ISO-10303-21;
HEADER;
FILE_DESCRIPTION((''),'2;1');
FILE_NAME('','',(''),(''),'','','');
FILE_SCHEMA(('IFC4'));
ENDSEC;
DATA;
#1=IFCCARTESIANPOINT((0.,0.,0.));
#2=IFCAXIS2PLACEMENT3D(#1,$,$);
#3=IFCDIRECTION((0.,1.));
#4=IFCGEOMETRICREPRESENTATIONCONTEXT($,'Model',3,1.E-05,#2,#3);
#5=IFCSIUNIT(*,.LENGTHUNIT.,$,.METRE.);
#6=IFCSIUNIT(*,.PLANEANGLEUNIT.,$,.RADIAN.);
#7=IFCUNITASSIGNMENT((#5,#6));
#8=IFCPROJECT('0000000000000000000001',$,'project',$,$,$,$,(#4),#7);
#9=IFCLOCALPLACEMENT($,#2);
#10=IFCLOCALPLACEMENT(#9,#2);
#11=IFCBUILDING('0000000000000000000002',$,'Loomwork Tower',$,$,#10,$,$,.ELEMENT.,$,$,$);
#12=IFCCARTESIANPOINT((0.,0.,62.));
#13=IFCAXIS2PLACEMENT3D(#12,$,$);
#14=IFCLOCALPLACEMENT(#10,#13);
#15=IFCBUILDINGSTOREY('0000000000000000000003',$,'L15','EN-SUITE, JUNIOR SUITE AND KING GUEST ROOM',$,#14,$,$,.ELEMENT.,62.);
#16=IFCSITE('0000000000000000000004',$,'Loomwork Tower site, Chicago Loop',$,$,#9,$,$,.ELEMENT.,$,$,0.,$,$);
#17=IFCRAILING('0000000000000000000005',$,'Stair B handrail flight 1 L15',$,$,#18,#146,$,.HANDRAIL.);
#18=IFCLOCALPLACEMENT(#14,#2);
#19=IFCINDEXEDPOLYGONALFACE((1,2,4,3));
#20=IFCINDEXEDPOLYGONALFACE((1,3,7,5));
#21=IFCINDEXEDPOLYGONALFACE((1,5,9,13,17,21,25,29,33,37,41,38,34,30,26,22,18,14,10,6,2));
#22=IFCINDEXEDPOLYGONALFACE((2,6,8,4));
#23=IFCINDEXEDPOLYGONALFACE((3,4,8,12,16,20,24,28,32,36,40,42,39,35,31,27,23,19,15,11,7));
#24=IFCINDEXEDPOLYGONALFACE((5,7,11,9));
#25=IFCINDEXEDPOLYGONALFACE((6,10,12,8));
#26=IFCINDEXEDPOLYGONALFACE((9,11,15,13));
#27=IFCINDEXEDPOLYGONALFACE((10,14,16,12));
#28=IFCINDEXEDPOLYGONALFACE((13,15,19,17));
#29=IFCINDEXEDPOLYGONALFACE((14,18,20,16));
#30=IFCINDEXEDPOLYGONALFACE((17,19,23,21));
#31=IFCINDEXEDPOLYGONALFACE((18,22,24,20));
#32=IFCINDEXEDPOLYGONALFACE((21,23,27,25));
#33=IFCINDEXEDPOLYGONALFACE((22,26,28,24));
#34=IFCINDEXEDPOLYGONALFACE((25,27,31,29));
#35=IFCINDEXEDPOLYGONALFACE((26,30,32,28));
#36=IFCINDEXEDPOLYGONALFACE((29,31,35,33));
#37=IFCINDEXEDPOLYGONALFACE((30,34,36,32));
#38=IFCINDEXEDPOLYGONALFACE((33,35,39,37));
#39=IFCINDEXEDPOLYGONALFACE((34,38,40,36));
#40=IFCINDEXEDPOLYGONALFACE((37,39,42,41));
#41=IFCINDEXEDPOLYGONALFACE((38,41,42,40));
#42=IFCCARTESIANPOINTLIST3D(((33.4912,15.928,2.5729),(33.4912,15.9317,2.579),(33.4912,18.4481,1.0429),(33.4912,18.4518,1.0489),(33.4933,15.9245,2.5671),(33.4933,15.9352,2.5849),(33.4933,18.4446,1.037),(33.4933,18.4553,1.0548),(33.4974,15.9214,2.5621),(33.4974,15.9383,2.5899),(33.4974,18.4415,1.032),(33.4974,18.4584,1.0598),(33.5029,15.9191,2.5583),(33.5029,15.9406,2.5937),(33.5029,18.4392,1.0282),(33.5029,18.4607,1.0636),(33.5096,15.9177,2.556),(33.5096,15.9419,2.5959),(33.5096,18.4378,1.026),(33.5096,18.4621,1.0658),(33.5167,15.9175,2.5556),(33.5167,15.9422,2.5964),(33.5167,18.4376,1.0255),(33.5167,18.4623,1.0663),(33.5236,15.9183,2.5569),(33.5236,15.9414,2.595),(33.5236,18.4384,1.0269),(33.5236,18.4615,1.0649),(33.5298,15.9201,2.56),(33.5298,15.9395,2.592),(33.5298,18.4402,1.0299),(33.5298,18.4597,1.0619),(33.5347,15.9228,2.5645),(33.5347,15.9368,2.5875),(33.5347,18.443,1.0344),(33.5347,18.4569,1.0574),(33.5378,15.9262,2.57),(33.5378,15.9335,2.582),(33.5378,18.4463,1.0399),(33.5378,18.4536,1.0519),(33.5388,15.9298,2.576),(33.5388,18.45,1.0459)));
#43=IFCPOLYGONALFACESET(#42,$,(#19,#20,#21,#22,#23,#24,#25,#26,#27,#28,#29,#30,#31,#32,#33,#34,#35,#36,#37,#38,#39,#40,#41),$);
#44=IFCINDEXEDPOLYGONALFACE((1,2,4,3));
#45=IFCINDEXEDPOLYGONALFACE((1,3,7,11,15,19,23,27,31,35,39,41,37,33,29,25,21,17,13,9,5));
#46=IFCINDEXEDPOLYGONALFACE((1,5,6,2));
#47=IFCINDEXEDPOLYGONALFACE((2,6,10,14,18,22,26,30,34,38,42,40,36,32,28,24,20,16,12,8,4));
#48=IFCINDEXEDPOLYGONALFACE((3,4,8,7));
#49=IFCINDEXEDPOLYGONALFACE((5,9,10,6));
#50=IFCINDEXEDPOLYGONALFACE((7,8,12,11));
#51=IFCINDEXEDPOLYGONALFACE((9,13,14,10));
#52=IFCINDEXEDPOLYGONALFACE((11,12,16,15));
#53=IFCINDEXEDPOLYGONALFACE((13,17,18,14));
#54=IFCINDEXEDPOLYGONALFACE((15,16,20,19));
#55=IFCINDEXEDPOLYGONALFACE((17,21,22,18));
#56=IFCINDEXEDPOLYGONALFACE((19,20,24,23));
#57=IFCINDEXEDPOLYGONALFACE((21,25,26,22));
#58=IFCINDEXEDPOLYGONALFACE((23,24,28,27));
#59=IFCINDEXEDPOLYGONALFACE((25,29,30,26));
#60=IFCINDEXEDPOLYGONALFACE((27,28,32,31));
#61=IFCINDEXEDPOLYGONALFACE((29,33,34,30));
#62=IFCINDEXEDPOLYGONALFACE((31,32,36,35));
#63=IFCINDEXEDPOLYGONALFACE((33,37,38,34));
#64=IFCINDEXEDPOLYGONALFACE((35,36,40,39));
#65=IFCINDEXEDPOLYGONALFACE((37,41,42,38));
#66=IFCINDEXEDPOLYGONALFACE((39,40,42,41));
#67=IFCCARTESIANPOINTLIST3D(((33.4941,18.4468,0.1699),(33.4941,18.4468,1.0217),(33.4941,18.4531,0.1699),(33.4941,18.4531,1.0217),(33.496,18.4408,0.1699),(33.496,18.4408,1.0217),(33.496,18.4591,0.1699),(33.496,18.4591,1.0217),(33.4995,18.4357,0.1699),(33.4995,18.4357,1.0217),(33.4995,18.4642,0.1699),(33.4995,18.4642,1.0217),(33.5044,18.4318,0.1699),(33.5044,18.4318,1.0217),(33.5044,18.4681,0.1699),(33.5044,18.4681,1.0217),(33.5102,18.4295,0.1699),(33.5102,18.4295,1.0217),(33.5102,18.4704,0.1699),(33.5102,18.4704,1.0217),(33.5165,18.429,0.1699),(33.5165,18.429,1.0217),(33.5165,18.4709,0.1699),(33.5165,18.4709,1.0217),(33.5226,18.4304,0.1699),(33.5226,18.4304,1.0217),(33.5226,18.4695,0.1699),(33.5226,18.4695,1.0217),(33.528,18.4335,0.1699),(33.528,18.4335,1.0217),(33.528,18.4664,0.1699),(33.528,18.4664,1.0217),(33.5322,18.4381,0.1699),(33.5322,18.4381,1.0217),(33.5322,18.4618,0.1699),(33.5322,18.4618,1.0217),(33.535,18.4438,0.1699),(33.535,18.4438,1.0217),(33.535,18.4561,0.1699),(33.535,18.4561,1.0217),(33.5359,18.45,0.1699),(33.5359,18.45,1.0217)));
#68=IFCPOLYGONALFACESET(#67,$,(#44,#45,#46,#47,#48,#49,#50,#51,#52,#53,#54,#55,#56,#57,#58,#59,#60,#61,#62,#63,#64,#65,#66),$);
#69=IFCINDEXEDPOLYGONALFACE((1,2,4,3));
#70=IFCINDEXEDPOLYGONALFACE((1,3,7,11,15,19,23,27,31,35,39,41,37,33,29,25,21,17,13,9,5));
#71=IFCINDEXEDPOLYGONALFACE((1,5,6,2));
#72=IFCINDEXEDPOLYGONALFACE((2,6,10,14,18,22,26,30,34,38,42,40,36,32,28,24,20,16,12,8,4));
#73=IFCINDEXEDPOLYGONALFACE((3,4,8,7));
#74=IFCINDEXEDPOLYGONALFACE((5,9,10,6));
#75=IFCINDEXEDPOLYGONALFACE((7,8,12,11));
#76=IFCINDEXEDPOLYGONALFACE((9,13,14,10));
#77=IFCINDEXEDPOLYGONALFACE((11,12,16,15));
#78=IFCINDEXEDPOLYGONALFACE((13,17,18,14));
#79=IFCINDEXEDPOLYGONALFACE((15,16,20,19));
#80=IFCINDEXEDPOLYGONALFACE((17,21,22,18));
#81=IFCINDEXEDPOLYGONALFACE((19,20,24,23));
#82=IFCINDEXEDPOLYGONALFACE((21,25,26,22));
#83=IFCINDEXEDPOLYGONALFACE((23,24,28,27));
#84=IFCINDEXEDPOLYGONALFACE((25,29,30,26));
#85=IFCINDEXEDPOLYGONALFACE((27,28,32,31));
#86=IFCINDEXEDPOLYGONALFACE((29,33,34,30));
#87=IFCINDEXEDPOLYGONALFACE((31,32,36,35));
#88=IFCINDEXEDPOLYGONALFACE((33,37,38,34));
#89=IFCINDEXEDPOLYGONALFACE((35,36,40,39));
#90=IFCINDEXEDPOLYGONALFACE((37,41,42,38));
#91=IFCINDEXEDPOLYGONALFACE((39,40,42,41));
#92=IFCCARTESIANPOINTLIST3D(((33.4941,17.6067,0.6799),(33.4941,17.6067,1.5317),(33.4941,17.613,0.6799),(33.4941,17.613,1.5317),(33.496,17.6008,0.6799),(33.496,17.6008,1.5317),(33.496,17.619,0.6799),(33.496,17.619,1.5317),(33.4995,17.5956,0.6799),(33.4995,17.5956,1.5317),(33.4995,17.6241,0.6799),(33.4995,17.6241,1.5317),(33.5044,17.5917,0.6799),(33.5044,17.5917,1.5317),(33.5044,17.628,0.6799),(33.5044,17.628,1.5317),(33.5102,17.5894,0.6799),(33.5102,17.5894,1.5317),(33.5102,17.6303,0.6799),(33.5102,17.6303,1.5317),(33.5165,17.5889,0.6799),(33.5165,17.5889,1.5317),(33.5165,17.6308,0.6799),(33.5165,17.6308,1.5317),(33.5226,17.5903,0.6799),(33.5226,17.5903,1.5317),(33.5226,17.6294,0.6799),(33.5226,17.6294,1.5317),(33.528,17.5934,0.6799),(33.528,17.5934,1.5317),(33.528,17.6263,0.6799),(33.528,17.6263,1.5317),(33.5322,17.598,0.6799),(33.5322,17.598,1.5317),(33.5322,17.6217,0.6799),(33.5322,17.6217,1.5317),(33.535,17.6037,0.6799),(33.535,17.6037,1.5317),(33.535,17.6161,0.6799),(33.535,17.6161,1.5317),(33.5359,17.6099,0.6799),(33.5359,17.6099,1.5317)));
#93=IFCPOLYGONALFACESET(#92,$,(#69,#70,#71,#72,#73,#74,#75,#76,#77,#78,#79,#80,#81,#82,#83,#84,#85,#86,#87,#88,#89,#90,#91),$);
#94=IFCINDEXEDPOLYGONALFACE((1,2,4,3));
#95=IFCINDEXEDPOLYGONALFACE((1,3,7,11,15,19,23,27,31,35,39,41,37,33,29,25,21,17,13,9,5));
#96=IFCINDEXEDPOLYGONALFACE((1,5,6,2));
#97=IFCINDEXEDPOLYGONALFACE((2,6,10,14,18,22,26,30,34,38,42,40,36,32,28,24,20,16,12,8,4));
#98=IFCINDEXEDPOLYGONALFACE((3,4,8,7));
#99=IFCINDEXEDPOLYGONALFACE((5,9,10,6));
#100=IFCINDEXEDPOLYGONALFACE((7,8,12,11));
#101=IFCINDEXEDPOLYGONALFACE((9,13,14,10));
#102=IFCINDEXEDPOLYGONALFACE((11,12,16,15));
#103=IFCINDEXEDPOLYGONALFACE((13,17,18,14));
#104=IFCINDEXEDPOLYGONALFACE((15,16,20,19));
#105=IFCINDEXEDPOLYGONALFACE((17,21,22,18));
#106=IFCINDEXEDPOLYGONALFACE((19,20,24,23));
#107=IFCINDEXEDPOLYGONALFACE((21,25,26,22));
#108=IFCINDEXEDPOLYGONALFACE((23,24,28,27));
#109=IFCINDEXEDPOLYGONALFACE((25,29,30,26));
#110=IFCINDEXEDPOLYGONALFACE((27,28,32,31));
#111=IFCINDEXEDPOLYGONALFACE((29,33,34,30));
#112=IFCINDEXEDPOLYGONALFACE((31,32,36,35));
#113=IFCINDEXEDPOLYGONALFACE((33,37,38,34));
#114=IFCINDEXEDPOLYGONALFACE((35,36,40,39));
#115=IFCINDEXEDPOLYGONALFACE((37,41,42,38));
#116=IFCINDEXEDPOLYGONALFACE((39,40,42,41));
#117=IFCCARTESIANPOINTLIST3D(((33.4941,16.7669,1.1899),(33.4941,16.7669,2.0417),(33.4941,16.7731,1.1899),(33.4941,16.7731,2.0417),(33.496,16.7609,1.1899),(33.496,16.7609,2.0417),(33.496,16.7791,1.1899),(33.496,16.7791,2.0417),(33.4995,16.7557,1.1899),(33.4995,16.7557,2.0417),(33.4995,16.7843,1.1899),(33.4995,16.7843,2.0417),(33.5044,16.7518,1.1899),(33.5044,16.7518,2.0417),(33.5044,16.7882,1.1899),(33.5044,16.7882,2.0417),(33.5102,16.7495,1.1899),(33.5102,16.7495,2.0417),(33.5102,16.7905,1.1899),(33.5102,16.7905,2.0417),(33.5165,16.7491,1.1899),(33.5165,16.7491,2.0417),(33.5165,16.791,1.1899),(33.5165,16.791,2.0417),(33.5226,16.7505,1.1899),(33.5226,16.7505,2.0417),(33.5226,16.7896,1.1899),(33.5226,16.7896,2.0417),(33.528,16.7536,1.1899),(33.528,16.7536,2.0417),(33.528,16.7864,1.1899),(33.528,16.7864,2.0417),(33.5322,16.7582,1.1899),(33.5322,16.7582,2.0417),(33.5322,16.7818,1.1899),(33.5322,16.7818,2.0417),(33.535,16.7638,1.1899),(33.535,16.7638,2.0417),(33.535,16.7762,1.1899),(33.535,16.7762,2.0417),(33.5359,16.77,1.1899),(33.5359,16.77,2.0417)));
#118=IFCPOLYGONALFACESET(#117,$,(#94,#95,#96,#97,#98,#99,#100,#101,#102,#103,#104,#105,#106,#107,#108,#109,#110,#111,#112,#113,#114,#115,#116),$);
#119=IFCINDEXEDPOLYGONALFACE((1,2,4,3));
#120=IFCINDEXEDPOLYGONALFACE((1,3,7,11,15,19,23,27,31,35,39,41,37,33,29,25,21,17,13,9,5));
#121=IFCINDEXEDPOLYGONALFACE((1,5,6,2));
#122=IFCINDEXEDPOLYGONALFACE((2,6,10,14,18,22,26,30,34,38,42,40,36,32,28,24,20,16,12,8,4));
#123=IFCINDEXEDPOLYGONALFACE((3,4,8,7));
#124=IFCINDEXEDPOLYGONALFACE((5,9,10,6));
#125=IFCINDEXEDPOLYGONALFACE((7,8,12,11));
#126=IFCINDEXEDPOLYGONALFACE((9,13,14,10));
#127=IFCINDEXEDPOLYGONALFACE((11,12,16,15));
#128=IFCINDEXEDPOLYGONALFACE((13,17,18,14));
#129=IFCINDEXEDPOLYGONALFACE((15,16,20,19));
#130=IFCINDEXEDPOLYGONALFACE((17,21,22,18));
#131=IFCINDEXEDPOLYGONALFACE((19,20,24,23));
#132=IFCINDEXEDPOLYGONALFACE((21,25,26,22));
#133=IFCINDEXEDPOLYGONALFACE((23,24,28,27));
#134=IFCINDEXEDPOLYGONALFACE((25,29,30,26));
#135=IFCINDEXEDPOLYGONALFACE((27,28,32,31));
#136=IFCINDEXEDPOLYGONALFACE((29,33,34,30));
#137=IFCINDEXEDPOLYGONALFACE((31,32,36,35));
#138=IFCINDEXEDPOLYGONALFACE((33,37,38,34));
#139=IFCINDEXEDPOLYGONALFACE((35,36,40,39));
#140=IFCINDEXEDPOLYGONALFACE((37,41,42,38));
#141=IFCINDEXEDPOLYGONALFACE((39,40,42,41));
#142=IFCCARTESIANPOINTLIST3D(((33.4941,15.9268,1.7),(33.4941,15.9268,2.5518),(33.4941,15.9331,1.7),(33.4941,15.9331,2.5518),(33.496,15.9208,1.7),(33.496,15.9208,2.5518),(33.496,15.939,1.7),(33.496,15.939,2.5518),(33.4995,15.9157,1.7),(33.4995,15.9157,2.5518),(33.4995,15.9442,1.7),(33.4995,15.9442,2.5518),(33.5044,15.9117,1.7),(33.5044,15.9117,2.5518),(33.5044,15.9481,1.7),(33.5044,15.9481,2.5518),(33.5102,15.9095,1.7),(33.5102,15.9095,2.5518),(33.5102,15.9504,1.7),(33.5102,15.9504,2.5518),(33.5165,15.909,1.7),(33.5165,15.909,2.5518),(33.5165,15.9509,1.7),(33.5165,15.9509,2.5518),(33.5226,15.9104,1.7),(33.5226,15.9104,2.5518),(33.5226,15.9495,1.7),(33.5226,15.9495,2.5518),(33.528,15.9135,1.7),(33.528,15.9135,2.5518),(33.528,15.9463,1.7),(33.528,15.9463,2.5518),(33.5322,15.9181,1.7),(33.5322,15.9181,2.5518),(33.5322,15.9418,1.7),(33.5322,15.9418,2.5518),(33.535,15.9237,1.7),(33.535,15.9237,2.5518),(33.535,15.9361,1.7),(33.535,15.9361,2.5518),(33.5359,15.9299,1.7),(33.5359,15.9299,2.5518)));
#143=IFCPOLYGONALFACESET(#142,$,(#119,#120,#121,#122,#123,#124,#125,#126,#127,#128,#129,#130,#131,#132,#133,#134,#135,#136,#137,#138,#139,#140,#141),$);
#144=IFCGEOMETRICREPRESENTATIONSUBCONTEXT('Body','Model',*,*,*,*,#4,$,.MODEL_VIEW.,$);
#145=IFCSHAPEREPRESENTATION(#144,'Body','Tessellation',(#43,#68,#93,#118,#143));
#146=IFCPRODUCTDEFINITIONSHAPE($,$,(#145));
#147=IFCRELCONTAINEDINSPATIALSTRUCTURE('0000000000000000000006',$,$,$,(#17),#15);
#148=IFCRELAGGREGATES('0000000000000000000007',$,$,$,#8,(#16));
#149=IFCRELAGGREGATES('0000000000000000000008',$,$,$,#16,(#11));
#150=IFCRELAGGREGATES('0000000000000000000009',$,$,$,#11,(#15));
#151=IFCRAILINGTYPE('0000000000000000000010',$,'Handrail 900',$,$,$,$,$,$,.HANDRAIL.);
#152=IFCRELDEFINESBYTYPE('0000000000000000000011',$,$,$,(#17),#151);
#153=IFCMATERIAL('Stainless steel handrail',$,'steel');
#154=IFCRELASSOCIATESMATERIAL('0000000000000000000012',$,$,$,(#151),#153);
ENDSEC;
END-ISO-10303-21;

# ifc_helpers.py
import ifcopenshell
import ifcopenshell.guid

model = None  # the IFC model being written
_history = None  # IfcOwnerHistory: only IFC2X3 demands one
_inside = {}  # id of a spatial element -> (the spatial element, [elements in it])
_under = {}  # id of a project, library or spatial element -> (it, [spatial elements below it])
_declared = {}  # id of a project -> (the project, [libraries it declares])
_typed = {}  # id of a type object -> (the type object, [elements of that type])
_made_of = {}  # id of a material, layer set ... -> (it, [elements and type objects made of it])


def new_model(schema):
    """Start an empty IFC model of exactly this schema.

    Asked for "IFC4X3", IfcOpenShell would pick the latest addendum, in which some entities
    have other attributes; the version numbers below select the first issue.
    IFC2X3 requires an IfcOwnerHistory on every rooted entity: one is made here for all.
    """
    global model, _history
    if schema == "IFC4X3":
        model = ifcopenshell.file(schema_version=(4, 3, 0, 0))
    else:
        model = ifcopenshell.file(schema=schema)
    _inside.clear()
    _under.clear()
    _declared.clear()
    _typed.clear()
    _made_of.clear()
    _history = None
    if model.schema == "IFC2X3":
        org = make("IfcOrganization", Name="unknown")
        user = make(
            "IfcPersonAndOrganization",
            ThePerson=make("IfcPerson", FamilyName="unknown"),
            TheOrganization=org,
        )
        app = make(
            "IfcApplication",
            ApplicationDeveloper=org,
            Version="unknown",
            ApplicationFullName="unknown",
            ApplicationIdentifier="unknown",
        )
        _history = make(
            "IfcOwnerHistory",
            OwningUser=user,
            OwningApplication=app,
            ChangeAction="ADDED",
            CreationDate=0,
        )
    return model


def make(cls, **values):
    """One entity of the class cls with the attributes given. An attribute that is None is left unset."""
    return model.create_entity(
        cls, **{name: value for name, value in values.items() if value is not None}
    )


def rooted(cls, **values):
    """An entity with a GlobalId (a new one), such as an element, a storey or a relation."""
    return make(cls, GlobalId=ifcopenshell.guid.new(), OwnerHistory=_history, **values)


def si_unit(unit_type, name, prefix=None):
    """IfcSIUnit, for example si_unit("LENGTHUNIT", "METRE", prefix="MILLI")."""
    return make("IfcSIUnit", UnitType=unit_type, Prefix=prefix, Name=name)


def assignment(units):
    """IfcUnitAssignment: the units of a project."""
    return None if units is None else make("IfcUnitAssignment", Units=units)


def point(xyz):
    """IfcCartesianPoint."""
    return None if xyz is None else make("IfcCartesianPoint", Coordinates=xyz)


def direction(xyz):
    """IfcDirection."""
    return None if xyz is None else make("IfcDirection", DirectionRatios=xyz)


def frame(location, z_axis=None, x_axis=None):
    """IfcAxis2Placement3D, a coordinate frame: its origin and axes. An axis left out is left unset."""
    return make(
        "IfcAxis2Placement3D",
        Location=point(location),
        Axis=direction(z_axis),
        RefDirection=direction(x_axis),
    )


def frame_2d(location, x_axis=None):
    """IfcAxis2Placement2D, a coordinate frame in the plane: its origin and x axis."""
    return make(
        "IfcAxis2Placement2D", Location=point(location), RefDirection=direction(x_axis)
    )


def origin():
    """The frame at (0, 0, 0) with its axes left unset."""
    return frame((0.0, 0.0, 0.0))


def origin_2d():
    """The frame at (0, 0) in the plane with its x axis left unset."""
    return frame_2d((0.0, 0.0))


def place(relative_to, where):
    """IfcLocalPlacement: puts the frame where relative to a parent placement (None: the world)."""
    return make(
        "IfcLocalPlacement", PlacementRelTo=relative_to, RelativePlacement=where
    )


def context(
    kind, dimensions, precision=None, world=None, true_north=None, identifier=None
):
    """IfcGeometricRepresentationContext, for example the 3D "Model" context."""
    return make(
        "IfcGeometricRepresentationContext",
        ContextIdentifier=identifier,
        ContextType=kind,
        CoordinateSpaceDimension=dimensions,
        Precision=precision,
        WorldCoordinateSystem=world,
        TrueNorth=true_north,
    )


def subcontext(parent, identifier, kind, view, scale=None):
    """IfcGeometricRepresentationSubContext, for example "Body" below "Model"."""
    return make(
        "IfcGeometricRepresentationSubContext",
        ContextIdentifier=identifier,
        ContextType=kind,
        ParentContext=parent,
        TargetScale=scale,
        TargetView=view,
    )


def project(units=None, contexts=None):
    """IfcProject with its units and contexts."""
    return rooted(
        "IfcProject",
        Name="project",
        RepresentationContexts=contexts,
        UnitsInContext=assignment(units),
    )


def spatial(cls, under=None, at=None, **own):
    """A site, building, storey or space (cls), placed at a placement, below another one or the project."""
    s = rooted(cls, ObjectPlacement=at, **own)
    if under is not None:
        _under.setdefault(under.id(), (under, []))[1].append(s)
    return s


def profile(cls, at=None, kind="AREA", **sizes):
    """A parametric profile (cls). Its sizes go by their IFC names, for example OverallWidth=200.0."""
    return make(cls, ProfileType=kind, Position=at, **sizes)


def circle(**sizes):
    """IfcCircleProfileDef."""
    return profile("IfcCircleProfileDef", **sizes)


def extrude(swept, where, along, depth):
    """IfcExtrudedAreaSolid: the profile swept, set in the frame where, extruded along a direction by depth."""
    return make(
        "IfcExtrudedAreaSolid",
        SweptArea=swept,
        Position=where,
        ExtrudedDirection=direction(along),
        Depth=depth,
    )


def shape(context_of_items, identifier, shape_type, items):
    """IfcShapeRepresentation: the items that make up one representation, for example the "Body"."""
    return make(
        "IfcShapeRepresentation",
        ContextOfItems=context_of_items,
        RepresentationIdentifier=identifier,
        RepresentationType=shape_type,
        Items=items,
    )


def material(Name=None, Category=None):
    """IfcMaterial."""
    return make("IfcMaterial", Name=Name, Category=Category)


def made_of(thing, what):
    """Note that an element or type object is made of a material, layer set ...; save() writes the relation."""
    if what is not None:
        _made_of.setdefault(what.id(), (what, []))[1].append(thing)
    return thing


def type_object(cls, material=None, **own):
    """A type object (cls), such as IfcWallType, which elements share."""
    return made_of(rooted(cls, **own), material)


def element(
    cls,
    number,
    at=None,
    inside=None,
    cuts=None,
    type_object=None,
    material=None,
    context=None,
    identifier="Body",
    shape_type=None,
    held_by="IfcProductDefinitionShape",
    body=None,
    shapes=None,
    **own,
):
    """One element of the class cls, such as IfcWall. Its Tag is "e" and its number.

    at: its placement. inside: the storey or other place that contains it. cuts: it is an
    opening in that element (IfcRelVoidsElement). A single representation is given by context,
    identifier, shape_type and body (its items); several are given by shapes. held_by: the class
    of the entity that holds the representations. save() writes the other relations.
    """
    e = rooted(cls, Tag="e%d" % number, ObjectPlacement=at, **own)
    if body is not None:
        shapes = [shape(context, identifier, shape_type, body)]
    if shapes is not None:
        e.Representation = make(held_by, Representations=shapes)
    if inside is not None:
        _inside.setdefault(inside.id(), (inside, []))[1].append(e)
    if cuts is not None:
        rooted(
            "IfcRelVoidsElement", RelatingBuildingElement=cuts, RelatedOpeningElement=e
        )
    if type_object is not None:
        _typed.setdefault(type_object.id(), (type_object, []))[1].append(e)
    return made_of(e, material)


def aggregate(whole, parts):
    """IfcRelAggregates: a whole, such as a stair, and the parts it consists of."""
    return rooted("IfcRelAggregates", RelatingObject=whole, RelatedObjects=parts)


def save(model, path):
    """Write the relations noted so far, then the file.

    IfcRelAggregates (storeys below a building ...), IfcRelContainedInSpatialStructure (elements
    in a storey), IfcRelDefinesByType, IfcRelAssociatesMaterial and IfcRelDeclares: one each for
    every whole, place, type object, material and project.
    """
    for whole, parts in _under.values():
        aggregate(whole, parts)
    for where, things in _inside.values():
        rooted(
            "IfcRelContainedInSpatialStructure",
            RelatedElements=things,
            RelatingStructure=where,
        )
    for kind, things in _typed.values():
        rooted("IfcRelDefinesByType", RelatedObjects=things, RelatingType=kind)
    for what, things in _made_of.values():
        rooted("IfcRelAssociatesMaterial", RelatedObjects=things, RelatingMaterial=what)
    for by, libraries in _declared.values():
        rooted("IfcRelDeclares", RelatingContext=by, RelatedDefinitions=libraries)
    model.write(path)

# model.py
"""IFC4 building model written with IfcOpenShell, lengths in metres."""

from ifc_helpers import new_model, si_unit, direction, frame, origin, origin_2d, place, context, subcontext, project, spatial, circle, extrude, material, type_object, element, save


model = new_model("IFC4")

# Units and contexts
model_context = context("Model", 3, precision=1e-05, world=origin(), true_north=direction((0.0, 1.0)))
body_context = subcontext(model_context, "Body", "Model", "MODEL_VIEW")
ifc_project = project(units=[si_unit("LENGTHUNIT", "METRE"), si_unit("PLANEANGLEUNIT", "RADIAN")], contexts=[model_context])

# Site, building, storey
site_placement = place(None, origin())
site = spatial("IfcSite", under=ifc_project, at=site_placement, Name="Loomwork Tower site, Chicago Loop", CompositionType="ELEMENT", RefElevation=0.0)
building_placement = place(site_placement, origin())
building = spatial("IfcBuilding", under=site, at=building_placement, Name="Loomwork Tower", CompositionType="ELEMENT")
storey_placement = place(building_placement, frame((0.0, 0.0, 62.0)))
storey = spatial("IfcBuildingStorey", under=building, at=storey_placement, Name="L15", Description="EN-SUITE, JUNIOR SUITE AND KING GUEST ROOM", CompositionType="ELEMENT", Elevation=62.0)

# Railing
ifc_material_1 = material(Name="Stainless steel handrail", Category="steel")
railing_type = type_object("IfcRailingType", Name="Handrail 900", PredefinedType="HANDRAIL", material=ifc_material_1)
railing_placement = place(storey_placement, frame((33.5149, 18.45, 0.1699)))
element("IfcRailing", 1, at=railing_placement, inside=storey, type_object=railing_type, Name="Stair B handrail flight 1 L15", PredefinedType="HANDRAIL", context=body_context, shape_type="SweptSolid", body=[
    extrude(circle(Radius=0.0239, at=origin_2d()), frame((0.0, 0.0, 0.876), z_axis=(0.0, -0.854785, 0.518982), x_axis=(1.0, 0.0, 0.0)), (0.0, 0.0, 1.0), 2.9482),
    extrude(circle(Radius=0.021, at=origin_2d()), origin(), (0.0, 0.0, 1.0), 0.8518),
    extrude(circle(Radius=0.021, at=origin_2d()), frame((0.0, -0.8401, 0.51)), (0.0, 0.0, 1.0), 0.8518),
    extrude(circle(Radius=0.021, at=origin_2d()), frame((0.0, -1.6799, 1.02)), (0.0, 0.0, 1.0), 0.8518),
    extrude(circle(Radius=0.021, at=origin_2d()), frame((0.0, -2.52, 1.53)), (0.0, 0.0, 1.0), 0.8518),
])

save(model, "model.ifc")
